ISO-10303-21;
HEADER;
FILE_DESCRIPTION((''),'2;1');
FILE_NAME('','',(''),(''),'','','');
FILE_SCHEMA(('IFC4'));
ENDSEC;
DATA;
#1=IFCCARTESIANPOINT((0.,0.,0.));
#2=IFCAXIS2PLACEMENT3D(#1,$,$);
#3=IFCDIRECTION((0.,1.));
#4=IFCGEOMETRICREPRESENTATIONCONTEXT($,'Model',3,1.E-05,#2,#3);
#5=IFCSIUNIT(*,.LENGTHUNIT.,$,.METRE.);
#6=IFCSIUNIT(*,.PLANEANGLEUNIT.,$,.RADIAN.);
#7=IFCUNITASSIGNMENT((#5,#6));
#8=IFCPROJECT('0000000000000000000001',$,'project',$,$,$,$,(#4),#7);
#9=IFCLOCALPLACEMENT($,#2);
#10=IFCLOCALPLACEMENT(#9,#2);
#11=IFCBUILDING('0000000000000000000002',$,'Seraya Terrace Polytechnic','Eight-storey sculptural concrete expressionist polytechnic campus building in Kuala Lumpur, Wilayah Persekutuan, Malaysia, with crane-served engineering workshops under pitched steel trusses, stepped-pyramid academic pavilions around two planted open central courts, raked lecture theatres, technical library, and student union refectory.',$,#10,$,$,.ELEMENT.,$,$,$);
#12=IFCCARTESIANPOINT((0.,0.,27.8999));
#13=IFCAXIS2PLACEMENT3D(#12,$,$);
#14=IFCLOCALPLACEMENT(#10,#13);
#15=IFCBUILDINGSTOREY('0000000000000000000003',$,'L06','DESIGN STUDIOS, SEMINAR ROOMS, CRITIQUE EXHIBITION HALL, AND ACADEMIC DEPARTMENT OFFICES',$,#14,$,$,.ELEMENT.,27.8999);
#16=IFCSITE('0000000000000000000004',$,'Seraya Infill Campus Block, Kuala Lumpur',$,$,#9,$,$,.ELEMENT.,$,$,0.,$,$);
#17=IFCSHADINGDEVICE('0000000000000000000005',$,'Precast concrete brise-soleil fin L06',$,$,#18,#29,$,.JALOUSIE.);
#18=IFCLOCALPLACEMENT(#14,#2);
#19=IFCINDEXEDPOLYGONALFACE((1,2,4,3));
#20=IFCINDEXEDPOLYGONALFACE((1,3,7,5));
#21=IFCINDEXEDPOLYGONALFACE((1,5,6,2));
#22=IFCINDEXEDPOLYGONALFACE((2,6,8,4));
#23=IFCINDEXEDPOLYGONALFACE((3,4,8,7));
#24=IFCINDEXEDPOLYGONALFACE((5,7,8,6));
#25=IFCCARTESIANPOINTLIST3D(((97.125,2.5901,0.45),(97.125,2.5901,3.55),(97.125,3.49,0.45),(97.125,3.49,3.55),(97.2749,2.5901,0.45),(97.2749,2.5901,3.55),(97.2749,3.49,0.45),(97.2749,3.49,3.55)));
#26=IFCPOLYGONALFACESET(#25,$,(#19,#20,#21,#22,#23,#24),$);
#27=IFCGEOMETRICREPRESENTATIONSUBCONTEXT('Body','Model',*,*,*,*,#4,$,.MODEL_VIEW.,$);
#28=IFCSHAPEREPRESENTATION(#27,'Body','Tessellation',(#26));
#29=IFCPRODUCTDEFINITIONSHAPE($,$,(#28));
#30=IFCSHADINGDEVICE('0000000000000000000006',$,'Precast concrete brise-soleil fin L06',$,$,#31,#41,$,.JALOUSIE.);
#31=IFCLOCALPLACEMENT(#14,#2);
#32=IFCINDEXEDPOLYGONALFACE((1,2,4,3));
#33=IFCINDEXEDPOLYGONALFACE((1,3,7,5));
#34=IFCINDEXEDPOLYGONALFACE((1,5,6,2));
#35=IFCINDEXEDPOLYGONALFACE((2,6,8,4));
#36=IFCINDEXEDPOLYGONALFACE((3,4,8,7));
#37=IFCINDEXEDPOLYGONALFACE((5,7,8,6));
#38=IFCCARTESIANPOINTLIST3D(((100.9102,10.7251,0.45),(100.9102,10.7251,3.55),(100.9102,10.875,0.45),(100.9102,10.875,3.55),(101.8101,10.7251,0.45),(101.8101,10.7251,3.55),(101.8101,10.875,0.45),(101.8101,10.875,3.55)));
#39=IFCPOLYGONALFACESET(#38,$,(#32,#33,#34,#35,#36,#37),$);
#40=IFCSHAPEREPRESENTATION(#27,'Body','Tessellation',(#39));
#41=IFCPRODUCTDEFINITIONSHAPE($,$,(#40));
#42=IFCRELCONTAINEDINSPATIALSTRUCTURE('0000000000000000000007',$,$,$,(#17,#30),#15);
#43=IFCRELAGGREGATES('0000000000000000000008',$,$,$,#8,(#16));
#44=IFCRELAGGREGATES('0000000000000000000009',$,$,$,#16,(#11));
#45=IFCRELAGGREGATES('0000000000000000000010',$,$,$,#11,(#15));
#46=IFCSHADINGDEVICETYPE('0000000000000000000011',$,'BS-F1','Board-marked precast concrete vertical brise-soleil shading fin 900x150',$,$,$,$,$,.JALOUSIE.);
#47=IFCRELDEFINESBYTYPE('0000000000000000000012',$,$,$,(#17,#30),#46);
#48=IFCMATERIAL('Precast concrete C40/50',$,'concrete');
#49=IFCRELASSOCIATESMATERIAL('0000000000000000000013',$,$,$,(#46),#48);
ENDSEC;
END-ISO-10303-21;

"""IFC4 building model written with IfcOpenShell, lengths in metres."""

from ifc_helpers import new_model, si_unit, direction, frame, origin, origin_2d, place, context, subcontext, project, spatial, rectangle, extrude, material, type_object, element, save


model = new_model("IFC4")

# Units and contexts
model_context = context("Model", 3, precision=1e-05, world=origin(), true_north=direction((0.0, 1.0)))
body_context = subcontext(model_context, "Body", "Model", "MODEL_VIEW")
ifc_project = project(units=[si_unit("LENGTHUNIT", "METRE"), si_unit("PLANEANGLEUNIT", "RADIAN")], contexts=[model_context])

# Site, building, storey
site_placement = place(None, origin())
site = spatial("IfcSite", under=ifc_project, at=site_placement, Name="Seraya Infill Campus Block, Kuala Lumpur", CompositionType="ELEMENT", RefElevation=0.0)
building_placement = place(site_placement, origin())
building = spatial("IfcBuilding", under=site, at=building_placement, Name="Seraya Terrace Polytechnic", Description="Eight-storey sculptural concrete expressionist polytechnic campus building in Kuala Lumpur, Wilayah Persekutuan, Malaysia, with crane-served engineering workshops under pitched steel trusses, stepped-pyramid academic pavilions around two planted open central courts, raked lecture theatres, technical library, and student union refectory.", CompositionType="ELEMENT")
storey_placement = place(building_placement, frame((0.0, 0.0, 27.8999)))
storey = spatial("IfcBuildingStorey", under=building, at=storey_placement, Name="L06", Description="DESIGN STUDIOS, SEMINAR ROOMS, CRITIQUE EXHIBITION HALL, AND ACADEMIC DEPARTMENT OFFICES", CompositionType="ELEMENT", Elevation=27.8999)

# Shared definitions
ifc_material_1 = material(Name="Precast concrete C40/50", Category="concrete")

# Shading devices
shading_device_type = type_object("IfcShadingDeviceType", Name="BS-F1", Description="Board-marked precast concrete vertical brise-soleil shading fin 900x150", PredefinedType="JALOUSIE", material=ifc_material_1)
for number, where, z_axis, x_axis, name in (
    (1, (97.2, 3.04, 0.45), (0.0, 0.0, 1.0), (0.0, -1.0, 0.0), "Precast concrete brise-soleil fin L06"),
    (2, (101.3601, 10.8, 0.45), (0.0, 0.0, 1.0), (1.0, 0.0, 0.0), "Precast concrete brise-soleil fin L06"),
):
    element("IfcShadingDevice", number, at=place(storey_placement, frame(where, z_axis=z_axis, x_axis=x_axis)), inside=storey, type_object=shading_device_type, Name=name, PredefinedType="JALOUSIE", context=body_context, shape_type="SweptSolid", body=[
        extrude(rectangle(XDim=0.8999, YDim=0.1499, at=origin_2d()), origin(), (0.0, 0.0, 1.0), 3.1001),
    ])

save(model, "model.ifc")
